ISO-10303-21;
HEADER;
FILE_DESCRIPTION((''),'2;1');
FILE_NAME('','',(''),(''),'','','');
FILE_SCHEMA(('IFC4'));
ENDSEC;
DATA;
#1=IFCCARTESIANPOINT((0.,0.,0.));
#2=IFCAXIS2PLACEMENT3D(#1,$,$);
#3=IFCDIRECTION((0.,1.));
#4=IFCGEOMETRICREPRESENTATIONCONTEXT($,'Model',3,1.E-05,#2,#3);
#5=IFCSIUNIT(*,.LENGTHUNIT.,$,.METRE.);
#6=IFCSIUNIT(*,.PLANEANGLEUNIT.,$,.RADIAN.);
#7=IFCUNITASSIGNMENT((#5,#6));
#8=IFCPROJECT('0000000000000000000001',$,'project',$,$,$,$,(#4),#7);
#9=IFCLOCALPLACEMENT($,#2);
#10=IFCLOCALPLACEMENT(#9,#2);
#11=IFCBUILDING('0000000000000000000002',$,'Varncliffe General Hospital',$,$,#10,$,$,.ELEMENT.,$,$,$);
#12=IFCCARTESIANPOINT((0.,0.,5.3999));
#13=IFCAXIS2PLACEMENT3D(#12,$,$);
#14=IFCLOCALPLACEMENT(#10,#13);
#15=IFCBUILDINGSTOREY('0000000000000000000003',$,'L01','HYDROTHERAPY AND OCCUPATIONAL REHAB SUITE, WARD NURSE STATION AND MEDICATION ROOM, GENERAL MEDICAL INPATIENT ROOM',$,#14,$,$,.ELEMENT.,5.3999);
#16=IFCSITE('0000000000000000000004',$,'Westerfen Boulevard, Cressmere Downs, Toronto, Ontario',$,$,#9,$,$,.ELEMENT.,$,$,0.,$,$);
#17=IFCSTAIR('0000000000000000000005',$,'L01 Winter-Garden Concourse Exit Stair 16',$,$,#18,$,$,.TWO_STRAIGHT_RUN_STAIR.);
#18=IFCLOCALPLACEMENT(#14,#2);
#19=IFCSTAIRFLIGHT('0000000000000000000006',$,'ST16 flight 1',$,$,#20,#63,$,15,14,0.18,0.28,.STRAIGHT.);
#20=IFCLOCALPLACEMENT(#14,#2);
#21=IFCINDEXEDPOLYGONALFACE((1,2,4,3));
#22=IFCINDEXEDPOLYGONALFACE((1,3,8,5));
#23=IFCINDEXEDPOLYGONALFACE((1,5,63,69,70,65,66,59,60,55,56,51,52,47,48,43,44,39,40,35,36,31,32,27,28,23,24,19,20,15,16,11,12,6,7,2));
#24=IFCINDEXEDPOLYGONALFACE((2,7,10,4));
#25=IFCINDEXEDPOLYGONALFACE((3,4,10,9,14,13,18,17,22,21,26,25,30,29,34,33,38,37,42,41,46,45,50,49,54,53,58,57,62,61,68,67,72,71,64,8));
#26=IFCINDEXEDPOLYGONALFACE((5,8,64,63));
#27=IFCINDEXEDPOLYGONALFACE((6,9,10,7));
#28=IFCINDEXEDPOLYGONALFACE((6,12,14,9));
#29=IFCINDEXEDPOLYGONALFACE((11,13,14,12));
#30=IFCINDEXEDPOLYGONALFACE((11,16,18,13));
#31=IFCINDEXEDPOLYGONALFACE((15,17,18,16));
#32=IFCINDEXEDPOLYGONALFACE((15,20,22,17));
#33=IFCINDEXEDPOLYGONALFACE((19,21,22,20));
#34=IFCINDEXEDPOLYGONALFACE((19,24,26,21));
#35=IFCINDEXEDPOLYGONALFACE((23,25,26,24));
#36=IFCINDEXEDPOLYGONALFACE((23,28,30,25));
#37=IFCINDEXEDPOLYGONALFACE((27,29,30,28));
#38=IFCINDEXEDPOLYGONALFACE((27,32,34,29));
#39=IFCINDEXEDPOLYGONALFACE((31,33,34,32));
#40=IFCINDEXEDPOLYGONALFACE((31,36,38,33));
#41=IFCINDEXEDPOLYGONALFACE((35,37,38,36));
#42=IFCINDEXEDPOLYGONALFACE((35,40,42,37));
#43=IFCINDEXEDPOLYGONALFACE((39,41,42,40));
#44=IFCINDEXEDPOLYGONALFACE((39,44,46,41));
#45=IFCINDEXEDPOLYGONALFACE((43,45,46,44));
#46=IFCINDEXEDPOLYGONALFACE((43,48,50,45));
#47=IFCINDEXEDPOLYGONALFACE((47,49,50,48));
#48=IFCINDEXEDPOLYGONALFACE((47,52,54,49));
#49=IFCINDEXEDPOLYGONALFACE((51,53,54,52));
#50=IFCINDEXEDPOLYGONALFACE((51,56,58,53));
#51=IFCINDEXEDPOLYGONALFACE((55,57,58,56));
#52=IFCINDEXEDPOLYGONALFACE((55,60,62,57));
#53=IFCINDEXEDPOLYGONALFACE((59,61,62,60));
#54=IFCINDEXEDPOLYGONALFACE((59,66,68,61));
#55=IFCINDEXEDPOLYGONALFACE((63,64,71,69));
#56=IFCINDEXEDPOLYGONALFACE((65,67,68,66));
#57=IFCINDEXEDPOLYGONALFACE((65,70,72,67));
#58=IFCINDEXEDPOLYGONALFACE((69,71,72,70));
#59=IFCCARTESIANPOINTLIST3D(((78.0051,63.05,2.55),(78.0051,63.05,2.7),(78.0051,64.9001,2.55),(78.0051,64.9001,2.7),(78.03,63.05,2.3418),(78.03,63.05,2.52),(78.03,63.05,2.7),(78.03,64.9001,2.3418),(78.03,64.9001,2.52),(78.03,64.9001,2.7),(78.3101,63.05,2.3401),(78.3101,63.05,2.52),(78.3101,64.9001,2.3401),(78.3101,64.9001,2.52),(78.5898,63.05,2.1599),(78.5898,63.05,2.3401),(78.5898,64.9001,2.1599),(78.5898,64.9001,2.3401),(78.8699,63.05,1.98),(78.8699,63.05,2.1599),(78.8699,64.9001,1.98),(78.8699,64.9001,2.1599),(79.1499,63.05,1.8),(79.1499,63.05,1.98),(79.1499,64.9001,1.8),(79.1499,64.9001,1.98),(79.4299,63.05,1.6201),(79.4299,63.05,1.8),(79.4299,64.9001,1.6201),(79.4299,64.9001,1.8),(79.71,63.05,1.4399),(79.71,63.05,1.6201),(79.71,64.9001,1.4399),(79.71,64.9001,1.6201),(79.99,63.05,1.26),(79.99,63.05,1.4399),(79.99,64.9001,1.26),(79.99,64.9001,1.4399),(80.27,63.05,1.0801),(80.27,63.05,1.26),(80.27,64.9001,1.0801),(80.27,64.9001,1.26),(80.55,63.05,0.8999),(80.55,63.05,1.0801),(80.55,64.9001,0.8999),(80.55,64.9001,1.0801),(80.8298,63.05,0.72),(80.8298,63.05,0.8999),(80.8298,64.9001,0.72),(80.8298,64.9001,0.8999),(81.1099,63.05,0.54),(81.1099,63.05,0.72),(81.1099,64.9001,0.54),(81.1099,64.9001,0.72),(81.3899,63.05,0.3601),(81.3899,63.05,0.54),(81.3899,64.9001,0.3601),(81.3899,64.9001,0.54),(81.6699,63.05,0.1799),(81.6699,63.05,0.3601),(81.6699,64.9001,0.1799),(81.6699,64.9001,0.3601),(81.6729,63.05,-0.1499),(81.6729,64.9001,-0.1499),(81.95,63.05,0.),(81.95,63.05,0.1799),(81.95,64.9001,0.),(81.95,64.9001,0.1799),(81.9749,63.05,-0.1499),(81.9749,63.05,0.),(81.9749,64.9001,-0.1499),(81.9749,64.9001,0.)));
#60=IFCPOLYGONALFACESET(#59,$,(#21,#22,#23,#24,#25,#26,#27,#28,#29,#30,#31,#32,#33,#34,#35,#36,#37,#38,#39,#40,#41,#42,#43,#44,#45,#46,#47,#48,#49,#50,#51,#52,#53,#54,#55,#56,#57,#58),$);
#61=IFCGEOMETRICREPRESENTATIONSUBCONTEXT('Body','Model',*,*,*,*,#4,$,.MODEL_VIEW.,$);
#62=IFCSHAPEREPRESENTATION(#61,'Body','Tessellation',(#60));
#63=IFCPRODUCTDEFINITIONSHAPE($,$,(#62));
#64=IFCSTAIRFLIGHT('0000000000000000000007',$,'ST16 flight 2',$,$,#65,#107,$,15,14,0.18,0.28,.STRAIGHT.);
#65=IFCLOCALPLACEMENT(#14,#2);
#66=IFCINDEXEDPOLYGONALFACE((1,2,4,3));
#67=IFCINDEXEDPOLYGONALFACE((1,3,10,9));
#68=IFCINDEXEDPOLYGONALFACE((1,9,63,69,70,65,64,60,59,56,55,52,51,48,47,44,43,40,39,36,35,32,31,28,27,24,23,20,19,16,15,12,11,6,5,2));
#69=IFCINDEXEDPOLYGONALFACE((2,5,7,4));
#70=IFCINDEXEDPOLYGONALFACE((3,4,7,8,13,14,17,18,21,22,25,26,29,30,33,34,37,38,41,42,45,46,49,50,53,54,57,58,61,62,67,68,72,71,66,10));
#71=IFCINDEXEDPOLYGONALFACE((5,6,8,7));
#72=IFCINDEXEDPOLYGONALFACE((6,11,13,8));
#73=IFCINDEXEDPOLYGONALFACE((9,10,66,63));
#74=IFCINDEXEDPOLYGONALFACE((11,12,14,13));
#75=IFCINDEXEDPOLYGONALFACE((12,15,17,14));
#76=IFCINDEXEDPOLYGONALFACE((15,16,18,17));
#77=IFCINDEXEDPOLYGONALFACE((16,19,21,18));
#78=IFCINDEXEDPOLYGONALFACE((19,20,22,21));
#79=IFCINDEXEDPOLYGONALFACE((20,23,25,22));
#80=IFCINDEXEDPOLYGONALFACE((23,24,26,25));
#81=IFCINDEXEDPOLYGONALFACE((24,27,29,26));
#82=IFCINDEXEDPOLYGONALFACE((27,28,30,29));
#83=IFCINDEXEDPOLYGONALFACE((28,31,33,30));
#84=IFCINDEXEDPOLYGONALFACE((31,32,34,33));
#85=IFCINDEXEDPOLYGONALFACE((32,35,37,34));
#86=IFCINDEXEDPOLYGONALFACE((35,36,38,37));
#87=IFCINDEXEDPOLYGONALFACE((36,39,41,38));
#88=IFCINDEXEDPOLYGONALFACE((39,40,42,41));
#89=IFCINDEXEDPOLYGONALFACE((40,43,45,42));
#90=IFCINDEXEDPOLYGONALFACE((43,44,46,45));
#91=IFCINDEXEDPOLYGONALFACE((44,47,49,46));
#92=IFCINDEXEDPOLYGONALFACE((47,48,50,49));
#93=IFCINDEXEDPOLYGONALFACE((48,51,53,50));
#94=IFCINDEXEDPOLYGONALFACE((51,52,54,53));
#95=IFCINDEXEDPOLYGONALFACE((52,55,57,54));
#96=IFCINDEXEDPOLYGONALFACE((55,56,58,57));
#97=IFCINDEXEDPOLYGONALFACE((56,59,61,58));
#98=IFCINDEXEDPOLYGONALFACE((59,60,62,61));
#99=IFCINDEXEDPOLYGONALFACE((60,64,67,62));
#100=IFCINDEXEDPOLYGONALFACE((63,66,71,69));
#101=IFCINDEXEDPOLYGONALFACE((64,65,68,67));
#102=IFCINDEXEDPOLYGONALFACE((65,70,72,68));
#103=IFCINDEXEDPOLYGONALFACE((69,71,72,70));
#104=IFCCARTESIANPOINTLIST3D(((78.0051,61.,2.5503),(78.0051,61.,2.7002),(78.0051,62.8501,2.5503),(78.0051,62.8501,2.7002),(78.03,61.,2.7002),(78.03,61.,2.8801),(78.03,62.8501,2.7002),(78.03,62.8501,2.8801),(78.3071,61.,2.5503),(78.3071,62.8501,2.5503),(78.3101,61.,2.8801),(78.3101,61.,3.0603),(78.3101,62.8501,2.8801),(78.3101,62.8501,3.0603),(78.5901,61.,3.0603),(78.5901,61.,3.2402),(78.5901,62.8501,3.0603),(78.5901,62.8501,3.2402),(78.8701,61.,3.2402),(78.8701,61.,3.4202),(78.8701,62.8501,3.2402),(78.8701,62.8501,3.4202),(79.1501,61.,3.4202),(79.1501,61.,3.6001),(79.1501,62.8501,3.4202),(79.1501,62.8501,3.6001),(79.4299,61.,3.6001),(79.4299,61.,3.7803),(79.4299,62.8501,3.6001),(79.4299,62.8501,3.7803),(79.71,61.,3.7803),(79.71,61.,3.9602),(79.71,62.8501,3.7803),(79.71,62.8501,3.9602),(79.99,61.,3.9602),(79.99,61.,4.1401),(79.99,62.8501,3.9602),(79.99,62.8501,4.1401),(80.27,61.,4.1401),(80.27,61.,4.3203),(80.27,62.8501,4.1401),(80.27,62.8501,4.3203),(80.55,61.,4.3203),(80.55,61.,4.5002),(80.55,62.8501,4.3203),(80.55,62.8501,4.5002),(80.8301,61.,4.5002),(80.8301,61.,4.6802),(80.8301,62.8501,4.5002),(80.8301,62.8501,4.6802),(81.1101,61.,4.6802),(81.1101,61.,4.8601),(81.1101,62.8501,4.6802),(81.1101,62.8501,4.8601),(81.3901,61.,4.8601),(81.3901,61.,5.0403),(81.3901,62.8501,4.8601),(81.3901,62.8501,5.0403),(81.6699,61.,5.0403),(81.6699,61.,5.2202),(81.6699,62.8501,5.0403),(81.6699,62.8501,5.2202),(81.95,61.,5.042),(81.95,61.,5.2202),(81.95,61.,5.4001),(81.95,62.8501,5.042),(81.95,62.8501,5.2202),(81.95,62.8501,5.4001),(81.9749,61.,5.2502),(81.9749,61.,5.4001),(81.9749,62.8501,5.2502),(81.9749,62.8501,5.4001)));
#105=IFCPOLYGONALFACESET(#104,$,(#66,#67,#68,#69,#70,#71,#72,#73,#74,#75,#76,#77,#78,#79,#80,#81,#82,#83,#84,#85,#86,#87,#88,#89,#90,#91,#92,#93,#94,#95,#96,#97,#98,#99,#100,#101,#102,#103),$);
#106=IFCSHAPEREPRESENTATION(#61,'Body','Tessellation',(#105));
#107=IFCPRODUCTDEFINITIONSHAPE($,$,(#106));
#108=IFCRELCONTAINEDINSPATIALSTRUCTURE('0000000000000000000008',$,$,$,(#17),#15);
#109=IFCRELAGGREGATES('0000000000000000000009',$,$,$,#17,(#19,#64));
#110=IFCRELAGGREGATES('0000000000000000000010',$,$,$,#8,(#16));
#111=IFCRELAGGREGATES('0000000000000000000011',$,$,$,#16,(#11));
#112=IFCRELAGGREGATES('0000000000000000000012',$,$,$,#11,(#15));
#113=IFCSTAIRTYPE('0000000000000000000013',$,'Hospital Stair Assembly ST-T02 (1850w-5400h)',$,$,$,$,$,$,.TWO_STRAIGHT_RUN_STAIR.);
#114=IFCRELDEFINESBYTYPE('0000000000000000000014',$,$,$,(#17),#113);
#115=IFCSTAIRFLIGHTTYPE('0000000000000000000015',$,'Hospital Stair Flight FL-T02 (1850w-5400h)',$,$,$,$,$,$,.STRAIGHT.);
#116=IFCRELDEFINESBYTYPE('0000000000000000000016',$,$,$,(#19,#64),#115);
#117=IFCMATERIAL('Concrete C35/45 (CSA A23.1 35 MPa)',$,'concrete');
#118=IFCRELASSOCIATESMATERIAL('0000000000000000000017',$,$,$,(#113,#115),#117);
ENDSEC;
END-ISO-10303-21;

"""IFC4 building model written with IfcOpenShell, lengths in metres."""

from ifc_helpers import new_model, si_unit, direction, frame, origin, place, context, subcontext, project, spatial, polyline, outline, extrude, material, type_object, element, aggregate, save


model = new_model("IFC4")

# Units and contexts
model_context = context("Model", 3, precision=1e-05, world=origin(), true_north=direction((0.0, 1.0)))
body_context = subcontext(model_context, "Body", "Model", "MODEL_VIEW")
ifc_project = project(units=[si_unit("LENGTHUNIT", "METRE"), si_unit("PLANEANGLEUNIT", "RADIAN")], contexts=[model_context])

# Site, building, storey
site_placement = place(None, origin())
site = spatial("IfcSite", under=ifc_project, at=site_placement, Name="Westerfen Boulevard, Cressmere Downs, Toronto, Ontario", CompositionType="ELEMENT", RefElevation=0.0)
building_placement = place(site_placement, origin())
building = spatial("IfcBuilding", under=site, at=building_placement, Name="Varncliffe General Hospital", CompositionType="ELEMENT")
storey_placement = place(building_placement, frame((0.0, 0.0, 5.3999)))
storey = spatial("IfcBuildingStorey", under=building, at=storey_placement, Name="L01", Description="HYDROTHERAPY AND OCCUPATIONAL REHAB SUITE, WARD NURSE STATION AND MEDICATION ROOM, GENERAL MEDICAL INPATIENT ROOM", CompositionType="ELEMENT", Elevation=5.3999)

# Shared definitions
ifc_material_1 = material(Name="Concrete C35/45 (CSA A23.1 35 MPa)", Category="concrete")

# Stair, stair flights
stair_type = type_object("IfcStairType", Name="Hospital Stair Assembly ST-T02 (1850w-5400h)", PredefinedType="TWO_STRAIGHT_RUN_STAIR", material=ifc_material_1)
stair_placement = place(storey_placement, origin())
stair = element("IfcStair", 1, at=stair_placement, inside=storey, type_object=stair_type, Name="L01 Winter-Garden Concourse Exit Stair 16", PredefinedType="TWO_STRAIGHT_RUN_STAIR")
stair_flight_type = type_object("IfcStairFlightType", Name="Hospital Stair Flight FL-T02 (1850w-5400h)", PredefinedType="STRAIGHT", material=ifc_material_1)
stair_flight_1_placement = place(storey_placement, frame((81.95, 63.9751, 0.0), z_axis=(0.0, 0.0, 1.0), x_axis=(-1.0, 0.0, 0.0)))
stair_flight_1 = element("IfcStairFlight", 2, at=stair_flight_1_placement, type_object=stair_flight_type, Name="ST16 flight 1", NumberOfRisers=15, NumberOfTreads=14, PredefinedType="STRAIGHT", RiserHeight=0.18, TreadLength=0.28, context=body_context, shape_type="SweptSolid", body=[
    extrude(outline(polyline([(-0.0249, -0.1499), (-0.0249, 0.0), (0.0, 0.0), (0.0, 0.1799), (0.28, 0.1799), (0.28, 0.3601), (0.5601, 0.3601), (0.5601, 0.54), (0.8401, 0.54), (0.8401, 0.72), (1.1201, 0.72), (1.1201, 0.8999), (1.3999, 0.8999), (1.3999, 1.0801), (1.6799, 1.0801), (1.6799, 1.26), (1.96, 1.26), (1.96, 1.4399), (2.24, 1.4399), (2.24, 1.6201), (2.52, 1.6201), (2.52, 1.8), (2.8, 1.8), (2.8, 1.98), (3.0801, 1.98), (3.0801, 2.1599), (3.3601, 2.1599), (3.3601, 2.3401), (3.6399, 2.3401), (3.6399, 2.52), (3.9199, 2.52), (3.9199, 2.7), (3.9448, 2.7), (3.9448, 2.55), (3.9199, 2.3418), (0.2771, -0.1499), (-0.0249, -0.1499)])), frame((0.0, 0.925, 0.0), z_axis=(0.0, -1.0, 0.0), x_axis=(1.0, 0.0, 0.0)), (0.0, 0.0, 1.0), 1.8501),
])
stair_flight_2_placement = place(storey_placement, frame((78.03, 61.925, 2.7002), z_axis=(0.0, 0.0, 1.0), x_axis=(1.0, 0.0, 0.0)))
stair_flight_2 = element("IfcStairFlight", 3, at=stair_flight_2_placement, type_object=stair_flight_type, Name="ST16 flight 2", NumberOfRisers=15, NumberOfTreads=14, PredefinedType="STRAIGHT", RiserHeight=0.18, TreadLength=0.28, context=body_context, shape_type="SweptSolid", body=[
    extrude(outline(polyline([(-0.0249, -0.1499), (-0.0249, 0.0), (0.0, 0.0), (0.0, 0.1799), (0.28, 0.1799), (0.28, 0.3601), (0.5601, 0.3601), (0.5601, 0.54), (0.8401, 0.54), (0.8401, 0.72), (1.1201, 0.72), (1.1201, 0.8999), (1.3999, 0.8999), (1.3999, 1.0801), (1.6799, 1.0801), (1.6799, 1.26), (1.96, 1.26), (1.96, 1.4399), (2.24, 1.4399), (2.24, 1.6201), (2.52, 1.6201), (2.52, 1.8), (2.8, 1.8), (2.8, 1.98), (3.0801, 1.98), (3.0801, 2.1599), (3.3601, 2.1599), (3.3601, 2.3401), (3.6399, 2.3401), (3.6399, 2.52), (3.9199, 2.52), (3.9199, 2.7), (3.9448, 2.7), (3.9448, 2.55), (3.9199, 2.3418), (0.2771, -0.1499), (-0.0249, -0.1499)])), frame((0.0, 0.925, 0.0), z_axis=(0.0, -1.0, 0.0), x_axis=(1.0, 0.0, 0.0)), (0.0, 0.0, 1.0), 1.8501),
])
aggregate(stair, [stair_flight_1, stair_flight_2])

save(model, "model.ifc")
